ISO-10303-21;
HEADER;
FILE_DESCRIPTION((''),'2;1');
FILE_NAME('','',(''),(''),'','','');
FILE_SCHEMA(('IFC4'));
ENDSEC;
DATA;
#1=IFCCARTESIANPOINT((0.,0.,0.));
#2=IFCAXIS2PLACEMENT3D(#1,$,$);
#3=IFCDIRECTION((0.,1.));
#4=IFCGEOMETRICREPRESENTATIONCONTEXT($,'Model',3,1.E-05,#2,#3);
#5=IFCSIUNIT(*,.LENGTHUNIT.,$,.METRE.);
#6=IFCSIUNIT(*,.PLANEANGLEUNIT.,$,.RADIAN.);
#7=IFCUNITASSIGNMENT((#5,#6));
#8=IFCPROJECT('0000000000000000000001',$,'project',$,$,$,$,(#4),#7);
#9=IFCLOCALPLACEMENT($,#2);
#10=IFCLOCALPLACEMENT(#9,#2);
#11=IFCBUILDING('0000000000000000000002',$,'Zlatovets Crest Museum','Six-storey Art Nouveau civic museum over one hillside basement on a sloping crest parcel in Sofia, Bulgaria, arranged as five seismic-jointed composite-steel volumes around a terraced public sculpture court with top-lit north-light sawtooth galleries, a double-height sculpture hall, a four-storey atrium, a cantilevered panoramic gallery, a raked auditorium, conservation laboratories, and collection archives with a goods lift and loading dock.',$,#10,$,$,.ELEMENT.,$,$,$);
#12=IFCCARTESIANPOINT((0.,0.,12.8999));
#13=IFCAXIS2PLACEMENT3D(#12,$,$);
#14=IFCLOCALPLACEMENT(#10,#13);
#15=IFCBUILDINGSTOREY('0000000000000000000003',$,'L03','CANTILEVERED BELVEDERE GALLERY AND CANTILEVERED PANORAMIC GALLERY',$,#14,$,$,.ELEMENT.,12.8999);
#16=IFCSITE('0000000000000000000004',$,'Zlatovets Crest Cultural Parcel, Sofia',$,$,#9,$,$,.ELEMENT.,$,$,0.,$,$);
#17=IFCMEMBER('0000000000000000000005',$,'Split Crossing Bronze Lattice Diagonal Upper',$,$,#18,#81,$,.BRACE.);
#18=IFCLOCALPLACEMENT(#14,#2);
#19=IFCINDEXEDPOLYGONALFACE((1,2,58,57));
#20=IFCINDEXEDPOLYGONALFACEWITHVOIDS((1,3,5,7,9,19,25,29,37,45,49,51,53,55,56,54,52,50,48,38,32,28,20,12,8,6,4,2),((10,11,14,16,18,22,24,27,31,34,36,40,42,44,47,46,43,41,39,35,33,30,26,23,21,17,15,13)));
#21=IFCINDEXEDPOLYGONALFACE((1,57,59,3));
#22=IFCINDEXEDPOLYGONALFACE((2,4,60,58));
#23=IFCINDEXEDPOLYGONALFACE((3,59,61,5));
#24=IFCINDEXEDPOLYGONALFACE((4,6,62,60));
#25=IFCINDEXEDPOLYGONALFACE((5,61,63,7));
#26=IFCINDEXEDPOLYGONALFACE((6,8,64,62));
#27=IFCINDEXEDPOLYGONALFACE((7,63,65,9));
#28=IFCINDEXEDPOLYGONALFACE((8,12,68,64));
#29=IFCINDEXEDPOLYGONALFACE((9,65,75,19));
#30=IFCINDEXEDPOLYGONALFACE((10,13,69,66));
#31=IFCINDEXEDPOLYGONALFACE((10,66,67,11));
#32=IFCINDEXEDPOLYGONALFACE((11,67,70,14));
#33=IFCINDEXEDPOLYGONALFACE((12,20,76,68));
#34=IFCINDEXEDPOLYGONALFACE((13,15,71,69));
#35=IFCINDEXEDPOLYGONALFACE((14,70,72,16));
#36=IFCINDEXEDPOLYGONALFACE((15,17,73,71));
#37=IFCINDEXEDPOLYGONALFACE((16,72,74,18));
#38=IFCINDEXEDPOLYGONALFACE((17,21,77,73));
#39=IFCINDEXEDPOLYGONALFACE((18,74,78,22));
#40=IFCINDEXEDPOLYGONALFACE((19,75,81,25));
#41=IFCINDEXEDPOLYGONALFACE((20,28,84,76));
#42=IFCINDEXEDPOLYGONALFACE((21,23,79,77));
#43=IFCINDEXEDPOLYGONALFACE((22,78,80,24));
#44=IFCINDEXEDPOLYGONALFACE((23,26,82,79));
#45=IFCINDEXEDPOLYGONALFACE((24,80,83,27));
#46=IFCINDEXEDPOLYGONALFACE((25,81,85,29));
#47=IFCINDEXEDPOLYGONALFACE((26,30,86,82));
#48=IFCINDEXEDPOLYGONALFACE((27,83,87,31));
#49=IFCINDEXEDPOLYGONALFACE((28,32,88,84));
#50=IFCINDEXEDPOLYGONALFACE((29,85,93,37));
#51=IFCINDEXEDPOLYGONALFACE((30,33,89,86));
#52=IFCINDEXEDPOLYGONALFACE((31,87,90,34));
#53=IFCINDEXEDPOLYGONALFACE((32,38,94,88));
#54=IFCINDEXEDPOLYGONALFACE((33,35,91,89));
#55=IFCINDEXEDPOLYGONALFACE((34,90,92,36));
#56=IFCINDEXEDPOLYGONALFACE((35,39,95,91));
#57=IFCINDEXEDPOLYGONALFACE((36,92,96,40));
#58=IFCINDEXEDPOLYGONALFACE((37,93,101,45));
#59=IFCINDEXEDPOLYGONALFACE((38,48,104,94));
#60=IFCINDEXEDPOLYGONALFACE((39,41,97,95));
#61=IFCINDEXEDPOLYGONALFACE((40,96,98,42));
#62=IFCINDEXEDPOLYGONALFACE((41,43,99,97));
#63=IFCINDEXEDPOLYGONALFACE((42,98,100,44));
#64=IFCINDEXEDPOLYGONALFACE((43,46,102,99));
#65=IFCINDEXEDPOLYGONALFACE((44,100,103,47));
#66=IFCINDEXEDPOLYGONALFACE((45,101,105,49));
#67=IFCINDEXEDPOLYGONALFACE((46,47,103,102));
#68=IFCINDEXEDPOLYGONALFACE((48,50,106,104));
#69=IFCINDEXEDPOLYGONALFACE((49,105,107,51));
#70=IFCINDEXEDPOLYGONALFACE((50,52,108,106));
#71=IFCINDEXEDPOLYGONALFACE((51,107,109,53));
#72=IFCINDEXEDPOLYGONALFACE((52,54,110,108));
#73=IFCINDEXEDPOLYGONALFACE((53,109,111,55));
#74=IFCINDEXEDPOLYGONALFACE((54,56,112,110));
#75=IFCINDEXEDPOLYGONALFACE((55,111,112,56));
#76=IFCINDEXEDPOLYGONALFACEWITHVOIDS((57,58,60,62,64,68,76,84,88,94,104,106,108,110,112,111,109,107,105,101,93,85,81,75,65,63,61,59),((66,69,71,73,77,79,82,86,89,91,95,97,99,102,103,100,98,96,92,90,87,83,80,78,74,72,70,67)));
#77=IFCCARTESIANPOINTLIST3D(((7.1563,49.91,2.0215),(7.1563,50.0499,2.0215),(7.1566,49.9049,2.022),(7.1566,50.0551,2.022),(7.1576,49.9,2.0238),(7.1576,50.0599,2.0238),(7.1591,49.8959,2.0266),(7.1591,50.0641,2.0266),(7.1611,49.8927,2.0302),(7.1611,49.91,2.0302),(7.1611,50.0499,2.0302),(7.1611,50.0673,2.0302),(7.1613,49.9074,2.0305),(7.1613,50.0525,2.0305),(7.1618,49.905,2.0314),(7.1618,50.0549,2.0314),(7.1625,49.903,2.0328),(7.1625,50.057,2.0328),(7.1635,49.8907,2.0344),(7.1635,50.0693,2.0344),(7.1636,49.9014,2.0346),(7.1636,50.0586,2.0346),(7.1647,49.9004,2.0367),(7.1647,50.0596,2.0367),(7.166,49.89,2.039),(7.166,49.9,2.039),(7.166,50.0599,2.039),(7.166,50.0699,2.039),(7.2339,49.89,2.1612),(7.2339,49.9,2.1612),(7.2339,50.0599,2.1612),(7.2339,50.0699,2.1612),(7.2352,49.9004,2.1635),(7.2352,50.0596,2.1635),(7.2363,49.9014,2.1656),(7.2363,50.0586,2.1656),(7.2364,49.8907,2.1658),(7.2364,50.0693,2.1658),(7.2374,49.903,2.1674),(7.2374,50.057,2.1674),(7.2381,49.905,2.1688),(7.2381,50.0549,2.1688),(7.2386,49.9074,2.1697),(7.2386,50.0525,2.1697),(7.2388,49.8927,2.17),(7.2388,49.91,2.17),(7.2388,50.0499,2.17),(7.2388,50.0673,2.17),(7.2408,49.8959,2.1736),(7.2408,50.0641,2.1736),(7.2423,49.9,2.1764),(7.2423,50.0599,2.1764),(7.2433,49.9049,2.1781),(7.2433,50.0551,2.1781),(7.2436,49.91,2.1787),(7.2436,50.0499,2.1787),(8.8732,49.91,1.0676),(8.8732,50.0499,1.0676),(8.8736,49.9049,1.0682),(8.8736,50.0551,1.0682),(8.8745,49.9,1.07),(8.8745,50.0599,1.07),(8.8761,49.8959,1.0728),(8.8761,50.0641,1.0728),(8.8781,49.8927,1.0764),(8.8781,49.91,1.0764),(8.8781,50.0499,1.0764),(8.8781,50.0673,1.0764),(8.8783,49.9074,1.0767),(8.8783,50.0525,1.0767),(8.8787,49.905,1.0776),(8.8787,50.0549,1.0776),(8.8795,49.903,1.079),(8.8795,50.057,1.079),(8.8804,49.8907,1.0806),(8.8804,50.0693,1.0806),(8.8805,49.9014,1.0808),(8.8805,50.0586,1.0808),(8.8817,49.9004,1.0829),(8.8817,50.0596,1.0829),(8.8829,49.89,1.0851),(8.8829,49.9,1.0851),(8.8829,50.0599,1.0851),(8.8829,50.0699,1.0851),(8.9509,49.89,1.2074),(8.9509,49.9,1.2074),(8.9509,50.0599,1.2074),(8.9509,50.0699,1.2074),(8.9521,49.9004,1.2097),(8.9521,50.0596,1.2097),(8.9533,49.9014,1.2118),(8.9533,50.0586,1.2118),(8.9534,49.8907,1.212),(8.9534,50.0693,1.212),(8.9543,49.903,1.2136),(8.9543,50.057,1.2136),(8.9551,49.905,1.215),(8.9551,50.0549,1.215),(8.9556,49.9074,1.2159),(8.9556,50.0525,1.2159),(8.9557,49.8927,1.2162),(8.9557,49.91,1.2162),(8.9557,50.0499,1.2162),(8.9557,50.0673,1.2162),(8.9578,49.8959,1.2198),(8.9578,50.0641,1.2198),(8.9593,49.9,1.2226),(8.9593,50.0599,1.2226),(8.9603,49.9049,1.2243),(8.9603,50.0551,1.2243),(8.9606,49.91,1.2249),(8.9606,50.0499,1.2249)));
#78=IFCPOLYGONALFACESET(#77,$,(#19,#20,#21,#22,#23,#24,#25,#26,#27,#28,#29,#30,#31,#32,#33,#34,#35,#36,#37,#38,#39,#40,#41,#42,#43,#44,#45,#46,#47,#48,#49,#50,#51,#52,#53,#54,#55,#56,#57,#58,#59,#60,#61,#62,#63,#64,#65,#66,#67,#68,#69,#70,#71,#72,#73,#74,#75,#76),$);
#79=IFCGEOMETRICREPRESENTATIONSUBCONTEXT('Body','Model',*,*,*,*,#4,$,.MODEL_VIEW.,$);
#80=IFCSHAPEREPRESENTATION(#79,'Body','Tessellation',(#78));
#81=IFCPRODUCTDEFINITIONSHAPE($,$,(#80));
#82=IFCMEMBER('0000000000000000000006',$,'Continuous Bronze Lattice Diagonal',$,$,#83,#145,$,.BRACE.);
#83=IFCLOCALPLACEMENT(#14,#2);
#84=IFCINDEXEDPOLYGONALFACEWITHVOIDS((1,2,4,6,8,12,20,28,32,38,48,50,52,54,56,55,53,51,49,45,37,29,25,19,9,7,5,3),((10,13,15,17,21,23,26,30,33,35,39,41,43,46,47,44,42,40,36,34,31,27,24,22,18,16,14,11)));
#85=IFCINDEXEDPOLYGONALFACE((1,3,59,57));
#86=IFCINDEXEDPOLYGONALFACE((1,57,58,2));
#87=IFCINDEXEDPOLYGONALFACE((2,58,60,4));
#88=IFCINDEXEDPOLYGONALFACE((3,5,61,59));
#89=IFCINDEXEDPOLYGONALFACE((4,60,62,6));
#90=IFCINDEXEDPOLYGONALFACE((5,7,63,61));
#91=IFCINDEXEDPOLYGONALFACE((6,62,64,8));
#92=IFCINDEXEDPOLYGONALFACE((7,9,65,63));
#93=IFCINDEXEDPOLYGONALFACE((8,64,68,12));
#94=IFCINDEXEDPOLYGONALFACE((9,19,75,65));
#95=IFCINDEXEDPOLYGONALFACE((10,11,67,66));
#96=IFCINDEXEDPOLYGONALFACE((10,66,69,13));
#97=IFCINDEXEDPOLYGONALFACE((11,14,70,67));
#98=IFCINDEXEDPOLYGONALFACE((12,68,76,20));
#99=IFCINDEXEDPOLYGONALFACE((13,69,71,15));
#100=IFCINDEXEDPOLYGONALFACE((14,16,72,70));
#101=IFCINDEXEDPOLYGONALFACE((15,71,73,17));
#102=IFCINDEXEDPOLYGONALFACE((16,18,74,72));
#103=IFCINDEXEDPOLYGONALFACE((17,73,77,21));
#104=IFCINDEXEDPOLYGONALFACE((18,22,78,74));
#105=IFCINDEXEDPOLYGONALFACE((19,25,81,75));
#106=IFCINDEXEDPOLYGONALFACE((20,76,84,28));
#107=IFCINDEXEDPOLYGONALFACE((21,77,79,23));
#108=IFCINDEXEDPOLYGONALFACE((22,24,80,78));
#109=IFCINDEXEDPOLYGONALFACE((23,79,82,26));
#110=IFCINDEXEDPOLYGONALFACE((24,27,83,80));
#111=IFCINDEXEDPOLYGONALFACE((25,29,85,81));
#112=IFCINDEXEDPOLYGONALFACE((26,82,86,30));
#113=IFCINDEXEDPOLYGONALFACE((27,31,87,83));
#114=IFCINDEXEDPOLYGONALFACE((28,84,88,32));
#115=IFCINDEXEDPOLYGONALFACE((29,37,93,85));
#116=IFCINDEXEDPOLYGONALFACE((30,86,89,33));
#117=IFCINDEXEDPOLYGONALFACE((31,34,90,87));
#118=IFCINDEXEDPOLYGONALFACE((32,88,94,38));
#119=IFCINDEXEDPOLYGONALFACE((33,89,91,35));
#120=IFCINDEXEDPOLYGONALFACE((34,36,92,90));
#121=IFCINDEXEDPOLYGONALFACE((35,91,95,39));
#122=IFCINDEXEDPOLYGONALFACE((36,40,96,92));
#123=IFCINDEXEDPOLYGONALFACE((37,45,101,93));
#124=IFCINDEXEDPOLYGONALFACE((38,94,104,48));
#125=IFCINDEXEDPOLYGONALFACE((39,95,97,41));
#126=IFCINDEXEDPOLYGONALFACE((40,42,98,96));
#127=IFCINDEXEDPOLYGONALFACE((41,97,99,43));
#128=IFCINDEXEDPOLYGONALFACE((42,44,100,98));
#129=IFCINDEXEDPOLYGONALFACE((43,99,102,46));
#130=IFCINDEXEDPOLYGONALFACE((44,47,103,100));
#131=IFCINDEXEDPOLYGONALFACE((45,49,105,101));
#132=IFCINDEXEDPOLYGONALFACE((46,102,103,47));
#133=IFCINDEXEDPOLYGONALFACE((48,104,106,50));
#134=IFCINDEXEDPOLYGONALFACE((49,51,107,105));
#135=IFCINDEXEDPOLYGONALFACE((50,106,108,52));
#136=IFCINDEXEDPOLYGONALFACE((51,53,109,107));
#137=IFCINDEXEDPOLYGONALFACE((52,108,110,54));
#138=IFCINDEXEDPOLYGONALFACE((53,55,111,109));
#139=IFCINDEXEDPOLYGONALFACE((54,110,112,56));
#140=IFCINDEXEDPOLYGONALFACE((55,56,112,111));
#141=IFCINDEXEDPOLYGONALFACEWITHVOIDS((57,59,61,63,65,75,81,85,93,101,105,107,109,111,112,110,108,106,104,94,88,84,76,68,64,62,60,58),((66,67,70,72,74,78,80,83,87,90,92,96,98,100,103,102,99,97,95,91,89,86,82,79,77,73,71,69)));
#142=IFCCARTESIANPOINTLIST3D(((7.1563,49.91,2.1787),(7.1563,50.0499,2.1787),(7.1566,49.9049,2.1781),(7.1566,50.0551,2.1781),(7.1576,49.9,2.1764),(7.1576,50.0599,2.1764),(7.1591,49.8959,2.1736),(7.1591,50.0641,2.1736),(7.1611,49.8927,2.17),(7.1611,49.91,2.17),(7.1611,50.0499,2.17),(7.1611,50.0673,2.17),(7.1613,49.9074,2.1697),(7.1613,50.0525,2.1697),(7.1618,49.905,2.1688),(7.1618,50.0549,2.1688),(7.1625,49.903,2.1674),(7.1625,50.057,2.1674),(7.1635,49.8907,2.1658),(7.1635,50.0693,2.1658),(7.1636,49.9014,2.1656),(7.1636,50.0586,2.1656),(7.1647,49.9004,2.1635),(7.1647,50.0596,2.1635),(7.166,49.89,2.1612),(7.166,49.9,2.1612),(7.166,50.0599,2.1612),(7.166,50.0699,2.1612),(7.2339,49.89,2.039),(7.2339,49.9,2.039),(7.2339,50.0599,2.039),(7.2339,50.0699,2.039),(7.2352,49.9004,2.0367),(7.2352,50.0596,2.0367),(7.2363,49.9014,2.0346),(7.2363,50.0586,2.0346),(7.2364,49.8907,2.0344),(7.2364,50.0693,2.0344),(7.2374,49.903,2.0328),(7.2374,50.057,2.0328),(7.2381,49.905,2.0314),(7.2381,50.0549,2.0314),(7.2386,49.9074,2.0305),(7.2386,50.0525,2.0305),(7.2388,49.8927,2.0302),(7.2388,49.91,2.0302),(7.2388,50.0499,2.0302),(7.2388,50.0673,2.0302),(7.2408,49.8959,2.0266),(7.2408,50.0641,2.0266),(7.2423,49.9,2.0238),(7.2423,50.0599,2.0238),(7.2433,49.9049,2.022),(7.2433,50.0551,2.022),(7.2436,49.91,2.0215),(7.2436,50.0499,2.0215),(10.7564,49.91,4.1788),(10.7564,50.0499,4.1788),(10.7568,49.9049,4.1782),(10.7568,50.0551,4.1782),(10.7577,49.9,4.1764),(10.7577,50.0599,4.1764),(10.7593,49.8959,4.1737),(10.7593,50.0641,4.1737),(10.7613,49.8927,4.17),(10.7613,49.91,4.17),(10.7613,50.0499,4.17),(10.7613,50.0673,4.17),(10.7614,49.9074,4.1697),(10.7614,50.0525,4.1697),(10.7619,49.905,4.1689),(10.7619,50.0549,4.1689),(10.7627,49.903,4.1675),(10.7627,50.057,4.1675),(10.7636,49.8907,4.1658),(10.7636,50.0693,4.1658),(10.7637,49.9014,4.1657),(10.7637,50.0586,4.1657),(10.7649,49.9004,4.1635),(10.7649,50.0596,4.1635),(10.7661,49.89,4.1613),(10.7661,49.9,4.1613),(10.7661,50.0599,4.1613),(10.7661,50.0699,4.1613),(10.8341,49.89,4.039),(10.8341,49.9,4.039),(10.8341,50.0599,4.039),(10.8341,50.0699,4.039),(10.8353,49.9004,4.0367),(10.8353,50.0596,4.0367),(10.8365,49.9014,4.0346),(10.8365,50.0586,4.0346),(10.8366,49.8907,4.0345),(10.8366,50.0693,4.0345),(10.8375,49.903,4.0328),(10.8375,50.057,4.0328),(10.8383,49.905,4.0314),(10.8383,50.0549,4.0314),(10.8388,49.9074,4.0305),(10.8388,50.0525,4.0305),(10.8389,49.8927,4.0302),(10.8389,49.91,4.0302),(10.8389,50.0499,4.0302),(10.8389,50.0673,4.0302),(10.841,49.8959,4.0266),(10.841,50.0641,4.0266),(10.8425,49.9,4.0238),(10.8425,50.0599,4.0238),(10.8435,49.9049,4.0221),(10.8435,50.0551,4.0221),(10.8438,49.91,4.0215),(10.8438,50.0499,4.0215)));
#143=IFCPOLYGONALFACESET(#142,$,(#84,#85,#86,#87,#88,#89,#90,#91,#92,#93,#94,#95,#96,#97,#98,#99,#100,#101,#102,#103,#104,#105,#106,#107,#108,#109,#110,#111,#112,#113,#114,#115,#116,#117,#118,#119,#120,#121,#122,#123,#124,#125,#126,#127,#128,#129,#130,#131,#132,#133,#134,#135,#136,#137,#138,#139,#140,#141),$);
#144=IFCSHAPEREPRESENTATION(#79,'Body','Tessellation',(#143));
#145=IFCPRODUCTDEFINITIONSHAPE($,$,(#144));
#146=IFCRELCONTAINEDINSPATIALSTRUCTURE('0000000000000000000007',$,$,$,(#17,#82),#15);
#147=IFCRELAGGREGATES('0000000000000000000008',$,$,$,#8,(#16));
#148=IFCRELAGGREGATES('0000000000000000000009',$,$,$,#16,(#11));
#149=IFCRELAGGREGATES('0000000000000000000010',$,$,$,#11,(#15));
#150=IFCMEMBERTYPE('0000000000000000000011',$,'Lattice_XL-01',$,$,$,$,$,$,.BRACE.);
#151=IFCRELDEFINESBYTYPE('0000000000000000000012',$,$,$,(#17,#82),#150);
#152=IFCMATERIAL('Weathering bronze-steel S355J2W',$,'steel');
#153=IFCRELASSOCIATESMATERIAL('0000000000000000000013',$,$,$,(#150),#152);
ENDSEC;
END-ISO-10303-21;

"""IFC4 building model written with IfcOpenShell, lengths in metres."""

from ifc_helpers import new_model, si_unit, direction, frame, origin, origin_2d, place, context, subcontext, project, spatial, hollow_rectangle, extrude, material, material_profile, profile_set, type_object, element, save


model = new_model("IFC4")

# Units and contexts
model_context = context("Model", 3, precision=1e-05, world=origin(), true_north=direction((0.0, 1.0)))
body_context = subcontext(model_context, "Body", "Model", "MODEL_VIEW")
ifc_project = project(units=[si_unit("LENGTHUNIT", "METRE"), si_unit("PLANEANGLEUNIT", "RADIAN")], contexts=[model_context])

# Site, building, storey
site_placement = place(None, origin())
site = spatial("IfcSite", under=ifc_project, at=site_placement, Name="Zlatovets Crest Cultural Parcel, Sofia", CompositionType="ELEMENT", RefElevation=0.0)
building_placement = place(site_placement, origin())
building = spatial("IfcBuilding", under=site, at=building_placement, Name="Zlatovets Crest Museum", Description="Six-storey Art Nouveau civic museum over one hillside basement on a sloping crest parcel in Sofia, Bulgaria, arranged as five seismic-jointed composite-steel volumes around a terraced public sculpture court with top-lit north-light sawtooth galleries, a double-height sculpture hall, a four-storey atrium, a cantilevered panoramic gallery, a raked auditorium, conservation laboratories, and collection archives with a goods lift and loading dock.", CompositionType="ELEMENT")
storey_placement = place(building_placement, frame((0.0, 0.0, 12.8999)))
storey = spatial("IfcBuildingStorey", under=building, at=storey_placement, Name="L03", Description="CANTILEVERED BELVEDERE GALLERY AND CANTILEVERED PANORAMIC GALLERY", CompositionType="ELEMENT", Elevation=12.8999)

# Members
ifc_material_1 = material(Name="Weathering bronze-steel S355J2W", Category="steel")
ifc_material_profile_1 = material_profile(ifc_material_1, hollow_rectangle(XDim=0.1799, YDim=0.1799, WallThickness=0.01, InnerFilletRadius=0.01, OuterFilletRadius=0.02, at=origin_2d()), Name="SHS 180x180x10.0")
ifc_profile_set_1 = profile_set([ifc_material_profile_1], Name="Weathering bronze-steel S355J2W")
member_type_1 = type_object("IfcMemberType", Name="Lattice_XL-01", PredefinedType="BRACE", material=ifc_profile_set_1)
member_1_placement = place(storey_placement, frame((7.2, 49.98, 2.1001), z_axis=(0.874169, 0.0, -0.485622), x_axis=(0.0, 1.0, 0.0)))
element("IfcMember", 1, at=member_1_placement, inside=storey, type_object=member_type_1, Name="Split Crossing Bronze Lattice Diagonal Upper", PredefinedType="BRACE", context=body_context, shape_type="SweptSolid", body=[
    extrude(hollow_rectangle(XDim=0.1799, YDim=0.1799, WallThickness=0.01, InnerFilletRadius=0.01, OuterFilletRadius=0.02, at=origin_2d()), origin(), (0.0, 0.0, 1.0), 1.9641),
])
member_2_placement = place(storey_placement, frame((7.2, 49.98, 2.1001), z_axis=(0.874163, 0.0, 0.485633), x_axis=(0.0, 1.0, 0.0)))
element("IfcMember", 2, at=member_2_placement, inside=storey, type_object=member_type_1, Name="Continuous Bronze Lattice Diagonal", PredefinedType="BRACE", context=body_context, shape_type="SweptSolid", body=[
    extrude(hollow_rectangle(XDim=0.1799, YDim=0.1799, WallThickness=0.01, InnerFilletRadius=0.01, OuterFilletRadius=0.02, at=origin_2d()), origin(), (0.0, 0.0, 1.0), 4.1184),
])

save(model, "model.ifc")
